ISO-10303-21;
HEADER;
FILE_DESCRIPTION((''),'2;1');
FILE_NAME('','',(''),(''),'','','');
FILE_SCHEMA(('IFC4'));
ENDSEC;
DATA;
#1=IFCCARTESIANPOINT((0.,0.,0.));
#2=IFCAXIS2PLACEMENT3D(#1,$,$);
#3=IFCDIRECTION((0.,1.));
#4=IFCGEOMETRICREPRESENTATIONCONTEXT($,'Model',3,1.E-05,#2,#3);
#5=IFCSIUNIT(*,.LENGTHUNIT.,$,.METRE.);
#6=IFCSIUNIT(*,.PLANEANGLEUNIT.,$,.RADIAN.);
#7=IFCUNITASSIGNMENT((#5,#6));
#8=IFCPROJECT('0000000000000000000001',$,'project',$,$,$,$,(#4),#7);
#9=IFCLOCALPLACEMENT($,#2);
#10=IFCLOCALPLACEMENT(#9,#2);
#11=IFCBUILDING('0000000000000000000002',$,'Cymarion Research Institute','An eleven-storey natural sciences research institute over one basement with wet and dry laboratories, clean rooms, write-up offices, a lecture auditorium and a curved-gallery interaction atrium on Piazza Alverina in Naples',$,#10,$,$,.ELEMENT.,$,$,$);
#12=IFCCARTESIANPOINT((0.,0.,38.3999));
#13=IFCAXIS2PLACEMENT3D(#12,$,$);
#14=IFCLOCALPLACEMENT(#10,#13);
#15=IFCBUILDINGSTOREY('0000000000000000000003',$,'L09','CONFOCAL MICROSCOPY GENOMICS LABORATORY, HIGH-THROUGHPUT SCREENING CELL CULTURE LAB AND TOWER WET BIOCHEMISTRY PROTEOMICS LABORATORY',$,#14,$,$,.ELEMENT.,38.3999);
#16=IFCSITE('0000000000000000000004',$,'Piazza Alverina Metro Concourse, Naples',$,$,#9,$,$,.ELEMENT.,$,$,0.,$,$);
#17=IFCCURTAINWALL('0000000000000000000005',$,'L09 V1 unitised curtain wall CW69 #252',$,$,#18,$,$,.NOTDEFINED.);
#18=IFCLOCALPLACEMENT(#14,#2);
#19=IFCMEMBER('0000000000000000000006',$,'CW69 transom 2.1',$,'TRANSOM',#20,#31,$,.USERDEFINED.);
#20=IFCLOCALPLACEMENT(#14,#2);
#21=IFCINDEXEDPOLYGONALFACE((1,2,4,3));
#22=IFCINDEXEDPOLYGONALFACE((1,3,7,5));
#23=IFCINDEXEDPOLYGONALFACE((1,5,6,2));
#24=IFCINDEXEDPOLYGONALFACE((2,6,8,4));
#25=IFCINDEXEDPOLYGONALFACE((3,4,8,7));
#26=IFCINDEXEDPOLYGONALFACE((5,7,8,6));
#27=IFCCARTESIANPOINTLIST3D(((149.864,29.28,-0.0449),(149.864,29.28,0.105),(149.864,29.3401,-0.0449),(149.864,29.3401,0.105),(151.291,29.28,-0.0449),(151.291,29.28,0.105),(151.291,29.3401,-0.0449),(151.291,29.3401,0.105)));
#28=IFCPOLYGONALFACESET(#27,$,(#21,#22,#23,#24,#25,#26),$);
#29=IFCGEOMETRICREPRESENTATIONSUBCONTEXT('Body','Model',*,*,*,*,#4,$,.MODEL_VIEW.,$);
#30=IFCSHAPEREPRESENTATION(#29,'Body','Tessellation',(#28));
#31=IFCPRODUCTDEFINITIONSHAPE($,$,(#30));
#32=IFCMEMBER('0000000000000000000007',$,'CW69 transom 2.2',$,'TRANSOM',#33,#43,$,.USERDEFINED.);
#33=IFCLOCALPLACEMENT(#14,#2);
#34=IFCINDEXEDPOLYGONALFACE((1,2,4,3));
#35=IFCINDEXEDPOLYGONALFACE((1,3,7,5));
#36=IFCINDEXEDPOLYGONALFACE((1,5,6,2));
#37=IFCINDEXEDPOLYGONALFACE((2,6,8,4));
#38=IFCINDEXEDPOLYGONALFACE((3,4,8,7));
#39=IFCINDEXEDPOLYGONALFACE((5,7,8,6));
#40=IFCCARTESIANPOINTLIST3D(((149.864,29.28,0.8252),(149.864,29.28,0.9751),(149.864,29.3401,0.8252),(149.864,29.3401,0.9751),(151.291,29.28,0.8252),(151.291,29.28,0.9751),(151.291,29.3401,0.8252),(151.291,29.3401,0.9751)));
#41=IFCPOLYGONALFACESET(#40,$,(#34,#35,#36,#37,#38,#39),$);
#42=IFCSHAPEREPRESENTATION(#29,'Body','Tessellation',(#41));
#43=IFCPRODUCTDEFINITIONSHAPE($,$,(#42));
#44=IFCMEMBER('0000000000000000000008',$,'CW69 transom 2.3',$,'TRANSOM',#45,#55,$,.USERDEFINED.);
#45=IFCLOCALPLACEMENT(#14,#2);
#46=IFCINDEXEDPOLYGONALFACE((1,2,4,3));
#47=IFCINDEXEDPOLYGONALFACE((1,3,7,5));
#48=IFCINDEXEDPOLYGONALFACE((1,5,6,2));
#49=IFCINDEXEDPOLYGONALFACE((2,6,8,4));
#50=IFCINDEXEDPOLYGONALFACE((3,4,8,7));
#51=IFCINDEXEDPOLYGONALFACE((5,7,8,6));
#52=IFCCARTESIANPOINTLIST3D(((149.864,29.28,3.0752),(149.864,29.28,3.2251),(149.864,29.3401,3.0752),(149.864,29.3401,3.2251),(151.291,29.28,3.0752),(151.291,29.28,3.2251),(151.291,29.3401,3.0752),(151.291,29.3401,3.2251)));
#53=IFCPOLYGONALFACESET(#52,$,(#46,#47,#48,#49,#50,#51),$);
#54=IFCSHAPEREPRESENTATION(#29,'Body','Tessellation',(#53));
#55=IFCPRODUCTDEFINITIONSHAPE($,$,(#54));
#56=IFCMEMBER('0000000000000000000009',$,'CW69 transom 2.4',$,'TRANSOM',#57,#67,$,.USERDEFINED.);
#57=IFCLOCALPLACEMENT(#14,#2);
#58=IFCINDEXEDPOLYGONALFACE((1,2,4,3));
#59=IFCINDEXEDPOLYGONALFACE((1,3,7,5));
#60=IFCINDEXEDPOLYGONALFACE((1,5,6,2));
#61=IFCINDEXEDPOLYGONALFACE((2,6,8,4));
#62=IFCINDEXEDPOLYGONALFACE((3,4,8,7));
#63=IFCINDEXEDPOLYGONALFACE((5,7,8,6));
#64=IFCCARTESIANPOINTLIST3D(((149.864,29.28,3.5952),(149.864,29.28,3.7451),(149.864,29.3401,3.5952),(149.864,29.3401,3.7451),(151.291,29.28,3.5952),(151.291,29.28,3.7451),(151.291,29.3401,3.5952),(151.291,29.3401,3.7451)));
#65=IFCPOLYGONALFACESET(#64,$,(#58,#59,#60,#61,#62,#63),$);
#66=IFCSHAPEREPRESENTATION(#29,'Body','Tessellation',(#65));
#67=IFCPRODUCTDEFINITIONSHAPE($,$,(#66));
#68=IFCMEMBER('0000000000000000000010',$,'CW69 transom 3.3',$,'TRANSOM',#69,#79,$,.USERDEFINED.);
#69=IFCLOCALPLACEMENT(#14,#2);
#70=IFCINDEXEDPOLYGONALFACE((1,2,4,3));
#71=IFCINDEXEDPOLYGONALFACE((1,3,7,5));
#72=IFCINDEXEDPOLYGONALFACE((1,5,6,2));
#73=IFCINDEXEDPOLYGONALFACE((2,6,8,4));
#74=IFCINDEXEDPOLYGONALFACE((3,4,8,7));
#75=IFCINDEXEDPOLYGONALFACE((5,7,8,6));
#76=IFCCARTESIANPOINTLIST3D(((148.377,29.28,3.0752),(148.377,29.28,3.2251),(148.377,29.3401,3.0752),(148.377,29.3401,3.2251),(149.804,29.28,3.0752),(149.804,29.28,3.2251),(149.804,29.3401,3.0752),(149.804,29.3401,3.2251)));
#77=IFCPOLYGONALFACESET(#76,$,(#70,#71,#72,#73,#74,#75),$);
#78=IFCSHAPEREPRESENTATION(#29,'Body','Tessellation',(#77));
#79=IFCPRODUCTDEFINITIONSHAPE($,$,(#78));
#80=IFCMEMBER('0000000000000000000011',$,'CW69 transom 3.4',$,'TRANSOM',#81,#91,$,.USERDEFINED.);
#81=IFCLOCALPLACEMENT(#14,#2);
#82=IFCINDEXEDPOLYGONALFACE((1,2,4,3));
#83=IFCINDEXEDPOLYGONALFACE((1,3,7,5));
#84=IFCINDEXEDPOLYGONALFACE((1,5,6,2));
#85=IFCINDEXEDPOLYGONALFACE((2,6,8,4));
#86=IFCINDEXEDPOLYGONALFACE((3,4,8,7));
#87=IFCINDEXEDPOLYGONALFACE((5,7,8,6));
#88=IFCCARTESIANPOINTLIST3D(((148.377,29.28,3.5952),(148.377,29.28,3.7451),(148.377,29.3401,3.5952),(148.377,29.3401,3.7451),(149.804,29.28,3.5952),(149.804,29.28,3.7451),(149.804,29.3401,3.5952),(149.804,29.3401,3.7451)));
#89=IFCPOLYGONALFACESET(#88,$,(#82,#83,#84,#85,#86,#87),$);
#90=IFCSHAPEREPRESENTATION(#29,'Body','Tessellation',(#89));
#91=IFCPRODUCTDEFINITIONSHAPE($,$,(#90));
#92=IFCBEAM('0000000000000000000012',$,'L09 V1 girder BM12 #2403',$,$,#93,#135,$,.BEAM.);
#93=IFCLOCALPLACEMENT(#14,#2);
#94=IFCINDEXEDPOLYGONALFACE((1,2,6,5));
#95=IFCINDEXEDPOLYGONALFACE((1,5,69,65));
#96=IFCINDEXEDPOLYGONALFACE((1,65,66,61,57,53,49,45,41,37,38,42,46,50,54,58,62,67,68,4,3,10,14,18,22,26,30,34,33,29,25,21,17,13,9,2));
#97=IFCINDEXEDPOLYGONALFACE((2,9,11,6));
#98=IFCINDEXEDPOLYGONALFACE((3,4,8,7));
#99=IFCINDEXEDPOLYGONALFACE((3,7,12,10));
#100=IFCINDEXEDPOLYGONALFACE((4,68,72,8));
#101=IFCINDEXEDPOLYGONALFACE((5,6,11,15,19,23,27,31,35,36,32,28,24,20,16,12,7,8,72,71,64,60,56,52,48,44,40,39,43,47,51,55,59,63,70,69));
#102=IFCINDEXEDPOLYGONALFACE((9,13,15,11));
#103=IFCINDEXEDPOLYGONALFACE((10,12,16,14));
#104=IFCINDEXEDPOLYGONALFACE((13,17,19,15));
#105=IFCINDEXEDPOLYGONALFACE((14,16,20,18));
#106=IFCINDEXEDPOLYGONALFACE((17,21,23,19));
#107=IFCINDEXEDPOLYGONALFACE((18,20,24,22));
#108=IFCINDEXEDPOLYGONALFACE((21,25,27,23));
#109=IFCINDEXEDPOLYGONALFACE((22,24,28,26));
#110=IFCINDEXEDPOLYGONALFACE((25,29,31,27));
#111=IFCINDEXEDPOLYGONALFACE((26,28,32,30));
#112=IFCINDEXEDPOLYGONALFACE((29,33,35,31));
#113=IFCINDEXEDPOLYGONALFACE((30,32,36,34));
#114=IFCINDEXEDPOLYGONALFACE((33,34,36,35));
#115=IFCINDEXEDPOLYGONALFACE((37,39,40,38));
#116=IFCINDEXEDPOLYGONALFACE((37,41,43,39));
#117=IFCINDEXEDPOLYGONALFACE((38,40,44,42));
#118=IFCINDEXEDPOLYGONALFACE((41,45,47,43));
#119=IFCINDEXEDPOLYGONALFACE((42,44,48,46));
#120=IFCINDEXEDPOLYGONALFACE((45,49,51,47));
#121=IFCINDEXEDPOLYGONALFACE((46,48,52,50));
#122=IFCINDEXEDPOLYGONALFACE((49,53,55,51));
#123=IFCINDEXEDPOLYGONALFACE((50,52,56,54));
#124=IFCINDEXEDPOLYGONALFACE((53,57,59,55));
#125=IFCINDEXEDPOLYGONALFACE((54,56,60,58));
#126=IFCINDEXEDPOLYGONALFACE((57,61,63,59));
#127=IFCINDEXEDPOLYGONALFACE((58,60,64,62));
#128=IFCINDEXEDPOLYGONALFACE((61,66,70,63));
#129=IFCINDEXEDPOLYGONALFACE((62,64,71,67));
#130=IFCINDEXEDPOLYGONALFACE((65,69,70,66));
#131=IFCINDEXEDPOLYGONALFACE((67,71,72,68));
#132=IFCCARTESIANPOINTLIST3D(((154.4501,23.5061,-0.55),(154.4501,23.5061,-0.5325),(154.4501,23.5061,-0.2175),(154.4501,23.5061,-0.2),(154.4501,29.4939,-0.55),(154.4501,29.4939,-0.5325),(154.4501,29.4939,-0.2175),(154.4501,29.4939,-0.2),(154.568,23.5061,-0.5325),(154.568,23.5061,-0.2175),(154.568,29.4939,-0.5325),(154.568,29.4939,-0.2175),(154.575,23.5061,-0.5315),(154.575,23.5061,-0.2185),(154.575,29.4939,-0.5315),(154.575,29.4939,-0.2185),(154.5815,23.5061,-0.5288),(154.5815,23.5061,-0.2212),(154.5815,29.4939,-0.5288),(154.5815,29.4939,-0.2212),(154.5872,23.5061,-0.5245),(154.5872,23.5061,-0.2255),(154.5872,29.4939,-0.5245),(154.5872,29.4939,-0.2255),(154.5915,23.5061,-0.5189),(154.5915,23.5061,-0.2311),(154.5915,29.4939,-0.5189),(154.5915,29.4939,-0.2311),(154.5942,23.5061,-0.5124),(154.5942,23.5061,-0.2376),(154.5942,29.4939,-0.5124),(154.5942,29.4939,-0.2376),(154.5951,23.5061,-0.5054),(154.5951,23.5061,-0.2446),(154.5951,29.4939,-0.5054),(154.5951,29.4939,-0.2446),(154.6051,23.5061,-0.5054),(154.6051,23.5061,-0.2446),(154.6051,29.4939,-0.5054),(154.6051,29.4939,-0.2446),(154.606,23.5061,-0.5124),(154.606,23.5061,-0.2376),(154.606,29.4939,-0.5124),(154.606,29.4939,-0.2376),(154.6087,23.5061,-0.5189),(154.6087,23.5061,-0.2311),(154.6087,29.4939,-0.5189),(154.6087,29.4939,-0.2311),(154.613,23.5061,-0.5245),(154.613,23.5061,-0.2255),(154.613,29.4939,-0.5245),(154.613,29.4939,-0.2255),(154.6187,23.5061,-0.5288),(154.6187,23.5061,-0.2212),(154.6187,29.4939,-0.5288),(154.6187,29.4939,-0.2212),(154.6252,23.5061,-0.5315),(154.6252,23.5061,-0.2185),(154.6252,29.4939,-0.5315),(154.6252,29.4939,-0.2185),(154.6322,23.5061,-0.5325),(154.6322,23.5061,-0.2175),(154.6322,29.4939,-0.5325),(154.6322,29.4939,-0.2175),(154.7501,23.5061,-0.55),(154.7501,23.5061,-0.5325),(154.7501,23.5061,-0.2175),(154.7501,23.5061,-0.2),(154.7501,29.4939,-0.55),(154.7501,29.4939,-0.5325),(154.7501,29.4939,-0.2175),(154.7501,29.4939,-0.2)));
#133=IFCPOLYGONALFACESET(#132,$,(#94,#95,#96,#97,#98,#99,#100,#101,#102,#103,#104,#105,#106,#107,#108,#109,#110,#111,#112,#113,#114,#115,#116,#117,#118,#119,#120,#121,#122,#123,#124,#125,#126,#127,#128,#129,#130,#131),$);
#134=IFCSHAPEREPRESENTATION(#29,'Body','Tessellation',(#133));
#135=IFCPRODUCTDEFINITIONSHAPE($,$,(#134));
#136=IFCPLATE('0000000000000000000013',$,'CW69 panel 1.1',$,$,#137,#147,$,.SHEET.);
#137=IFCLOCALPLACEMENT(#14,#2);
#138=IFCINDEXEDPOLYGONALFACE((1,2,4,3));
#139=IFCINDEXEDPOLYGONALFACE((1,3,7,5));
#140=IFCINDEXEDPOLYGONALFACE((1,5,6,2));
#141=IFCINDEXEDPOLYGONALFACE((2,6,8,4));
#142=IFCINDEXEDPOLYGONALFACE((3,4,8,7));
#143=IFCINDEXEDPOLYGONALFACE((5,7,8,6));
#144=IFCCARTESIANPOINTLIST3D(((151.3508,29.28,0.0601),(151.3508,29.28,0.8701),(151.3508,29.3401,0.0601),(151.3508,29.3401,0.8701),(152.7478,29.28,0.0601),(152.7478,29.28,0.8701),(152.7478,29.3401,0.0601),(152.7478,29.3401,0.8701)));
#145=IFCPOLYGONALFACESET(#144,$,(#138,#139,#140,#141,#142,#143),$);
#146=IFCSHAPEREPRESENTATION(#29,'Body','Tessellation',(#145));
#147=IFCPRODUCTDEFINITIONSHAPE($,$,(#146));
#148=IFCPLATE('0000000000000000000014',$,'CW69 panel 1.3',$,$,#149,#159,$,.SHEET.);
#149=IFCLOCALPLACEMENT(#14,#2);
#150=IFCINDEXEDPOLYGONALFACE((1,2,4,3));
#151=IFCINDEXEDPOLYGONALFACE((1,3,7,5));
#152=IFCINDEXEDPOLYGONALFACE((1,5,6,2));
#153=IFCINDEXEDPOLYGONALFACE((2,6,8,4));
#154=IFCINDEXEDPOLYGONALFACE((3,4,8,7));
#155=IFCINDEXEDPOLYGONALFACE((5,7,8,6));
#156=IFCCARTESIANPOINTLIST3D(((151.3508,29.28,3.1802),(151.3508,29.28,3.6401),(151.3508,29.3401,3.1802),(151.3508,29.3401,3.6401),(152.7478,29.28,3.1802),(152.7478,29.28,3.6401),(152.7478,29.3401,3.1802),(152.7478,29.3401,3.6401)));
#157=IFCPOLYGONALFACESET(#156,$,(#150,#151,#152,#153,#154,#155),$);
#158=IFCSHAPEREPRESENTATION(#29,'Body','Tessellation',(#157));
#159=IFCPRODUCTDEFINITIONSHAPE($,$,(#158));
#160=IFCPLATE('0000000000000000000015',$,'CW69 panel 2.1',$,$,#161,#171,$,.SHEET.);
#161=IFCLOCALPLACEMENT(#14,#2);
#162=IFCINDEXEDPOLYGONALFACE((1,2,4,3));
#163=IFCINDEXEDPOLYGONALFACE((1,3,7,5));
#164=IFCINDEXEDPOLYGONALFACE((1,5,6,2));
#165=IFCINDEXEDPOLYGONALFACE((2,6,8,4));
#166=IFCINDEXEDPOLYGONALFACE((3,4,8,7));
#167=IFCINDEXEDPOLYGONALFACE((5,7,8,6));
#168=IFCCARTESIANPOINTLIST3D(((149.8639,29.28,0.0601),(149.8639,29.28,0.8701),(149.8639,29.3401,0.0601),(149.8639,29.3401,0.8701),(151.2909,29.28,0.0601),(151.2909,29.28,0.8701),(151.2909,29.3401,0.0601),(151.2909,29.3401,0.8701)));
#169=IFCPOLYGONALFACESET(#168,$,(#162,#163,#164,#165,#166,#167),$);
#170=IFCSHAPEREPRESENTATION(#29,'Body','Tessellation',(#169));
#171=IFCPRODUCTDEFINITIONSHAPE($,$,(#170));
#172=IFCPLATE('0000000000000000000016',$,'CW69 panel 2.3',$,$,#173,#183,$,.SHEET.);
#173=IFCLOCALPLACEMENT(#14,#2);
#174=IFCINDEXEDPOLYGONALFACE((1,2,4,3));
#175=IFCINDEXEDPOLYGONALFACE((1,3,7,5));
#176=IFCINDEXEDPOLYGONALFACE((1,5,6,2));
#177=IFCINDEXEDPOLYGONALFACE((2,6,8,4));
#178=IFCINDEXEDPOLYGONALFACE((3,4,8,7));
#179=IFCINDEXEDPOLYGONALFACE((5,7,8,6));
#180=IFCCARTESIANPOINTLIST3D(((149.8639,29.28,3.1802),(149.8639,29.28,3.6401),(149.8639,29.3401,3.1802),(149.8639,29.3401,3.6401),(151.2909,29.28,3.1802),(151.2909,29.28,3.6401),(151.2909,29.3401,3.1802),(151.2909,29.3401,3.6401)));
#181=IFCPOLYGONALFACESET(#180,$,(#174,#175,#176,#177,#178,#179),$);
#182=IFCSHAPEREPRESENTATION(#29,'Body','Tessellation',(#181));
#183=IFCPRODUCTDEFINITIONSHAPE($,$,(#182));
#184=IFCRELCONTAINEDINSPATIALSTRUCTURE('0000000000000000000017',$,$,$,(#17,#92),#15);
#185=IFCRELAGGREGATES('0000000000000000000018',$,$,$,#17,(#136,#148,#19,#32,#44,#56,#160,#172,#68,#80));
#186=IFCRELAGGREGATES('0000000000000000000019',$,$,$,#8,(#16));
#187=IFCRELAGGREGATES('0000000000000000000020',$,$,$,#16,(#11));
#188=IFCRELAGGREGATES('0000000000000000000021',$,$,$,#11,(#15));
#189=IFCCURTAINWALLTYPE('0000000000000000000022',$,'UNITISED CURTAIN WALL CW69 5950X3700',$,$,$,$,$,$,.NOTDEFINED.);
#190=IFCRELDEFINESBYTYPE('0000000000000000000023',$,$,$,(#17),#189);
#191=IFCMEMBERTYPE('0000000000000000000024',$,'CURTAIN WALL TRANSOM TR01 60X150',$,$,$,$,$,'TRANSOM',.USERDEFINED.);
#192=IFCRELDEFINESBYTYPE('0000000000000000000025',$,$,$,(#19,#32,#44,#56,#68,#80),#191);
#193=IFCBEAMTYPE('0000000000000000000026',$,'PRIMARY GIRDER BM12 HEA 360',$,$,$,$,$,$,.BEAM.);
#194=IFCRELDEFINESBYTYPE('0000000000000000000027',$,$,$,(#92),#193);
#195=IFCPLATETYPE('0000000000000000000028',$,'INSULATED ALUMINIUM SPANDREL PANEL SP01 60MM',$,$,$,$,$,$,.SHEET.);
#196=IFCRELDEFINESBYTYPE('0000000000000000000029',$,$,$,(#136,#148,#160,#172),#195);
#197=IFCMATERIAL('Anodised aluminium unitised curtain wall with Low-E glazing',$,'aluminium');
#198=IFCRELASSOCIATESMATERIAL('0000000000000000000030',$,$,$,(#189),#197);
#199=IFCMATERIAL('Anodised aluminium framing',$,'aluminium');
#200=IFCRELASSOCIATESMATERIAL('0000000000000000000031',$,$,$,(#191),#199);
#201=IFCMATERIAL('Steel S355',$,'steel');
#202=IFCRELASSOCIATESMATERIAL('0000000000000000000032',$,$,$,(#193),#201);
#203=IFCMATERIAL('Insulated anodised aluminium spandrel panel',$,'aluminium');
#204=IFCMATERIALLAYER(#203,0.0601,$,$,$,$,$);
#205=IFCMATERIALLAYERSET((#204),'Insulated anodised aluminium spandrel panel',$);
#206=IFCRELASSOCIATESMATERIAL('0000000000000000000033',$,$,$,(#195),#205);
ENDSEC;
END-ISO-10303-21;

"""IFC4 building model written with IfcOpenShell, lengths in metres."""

from ifc_helpers import new_model, si_unit, direction, frame, origin, origin_2d, place, context, subcontext, project, spatial, rectangle, i_section, extrude, material, layer, layer_set, material_profile, profile_set, type_object, element, aggregate, save


model = new_model("IFC4")

# Units and contexts
model_context = context("Model", 3, precision=1e-05, world=origin(), true_north=direction((0.0, 1.0)))
body_context = subcontext(model_context, "Body", "Model", "MODEL_VIEW")
ifc_project = project(units=[si_unit("LENGTHUNIT", "METRE"), si_unit("PLANEANGLEUNIT", "RADIAN")], contexts=[model_context])

# Site, building, storey
site_placement = place(None, origin())
site = spatial("IfcSite", under=ifc_project, at=site_placement, Name="Piazza Alverina Metro Concourse, Naples", CompositionType="ELEMENT", RefElevation=0.0)
building_placement = place(site_placement, origin())
building = spatial("IfcBuilding", under=site, at=building_placement, Name="Cymarion Research Institute", Description="An eleven-storey natural sciences research institute over one basement with wet and dry laboratories, clean rooms, write-up offices, a lecture auditorium and a curved-gallery interaction atrium on Piazza Alverina in Naples", CompositionType="ELEMENT")
storey_placement = place(building_placement, frame((0.0, 0.0, 38.3999)))
storey = spatial("IfcBuildingStorey", under=building, at=storey_placement, Name="L09", Description="CONFOCAL MICROSCOPY GENOMICS LABORATORY, HIGH-THROUGHPUT SCREENING CELL CULTURE LAB AND TOWER WET BIOCHEMISTRY PROTEOMICS LABORATORY", CompositionType="ELEMENT", Elevation=38.3999)

# Shared definitions
ifc_material_1 = material(Name="Steel S355", Category="steel")

# Curtain wall, members
ifc_material_2 = material(Name="Anodised aluminium unitised curtain wall with Low-E glazing", Category="aluminium")
curtain_wall_type = type_object("IfcCurtainWallType", Name="UNITISED CURTAIN WALL CW69 5950X3700", PredefinedType="NOTDEFINED", material=ifc_material_2)
curtain_wall_placement = place(storey_placement, origin())
curtain_wall = element("IfcCurtainWall", 1, at=curtain_wall_placement, inside=storey, type_object=curtain_wall_type, Name="L09 V1 unitised curtain wall CW69 #252", PredefinedType="NOTDEFINED")
ifc_material_3 = material(Name="Anodised aluminium framing", Category="aluminium")
ifc_material_profile_1 = material_profile(ifc_material_3, rectangle(XDim=0.0601, YDim=0.1499, at=origin_2d()), Name="ALU TRANSOM 60x150")
ifc_profile_set_1 = profile_set([ifc_material_profile_1], Name="Anodised aluminium framing")
member_type_1 = type_object("IfcMemberType", Name="CURTAIN WALL TRANSOM TR01 60X150", ElementType="TRANSOM", PredefinedType="USERDEFINED", material=ifc_profile_set_1)
member_1_placement = place(storey_placement, frame((151.291, 29.3101, 0.03), z_axis=(-1.0, 0.0, 0.0), x_axis=(0.0, -1.0, 0.0)))
member_1 = element("IfcMember", 2, at=member_1_placement, type_object=member_type_1, Name="CW69 transom 2.1", ObjectType="TRANSOM", PredefinedType="USERDEFINED", context=body_context, shape_type="SweptSolid", body=[
    extrude(rectangle(XDim=0.0601, YDim=0.1499, at=origin_2d()), origin(), (0.0, 0.0, 1.0), 1.427),
])
member_2_placement = place(storey_placement, frame((151.291, 29.3101, 0.9001), z_axis=(-1.0, 0.0, 0.0), x_axis=(0.0, -1.0, 0.0)))
member_2 = element("IfcMember", 3, at=member_2_placement, type_object=member_type_1, Name="CW69 transom 2.2", ObjectType="TRANSOM", PredefinedType="USERDEFINED", context=body_context, shape_type="SweptSolid", body=[
    extrude(rectangle(XDim=0.0601, YDim=0.1499, at=origin_2d()), origin(), (0.0, 0.0, 1.0), 1.427),
])
member_3_placement = place(storey_placement, frame((151.291, 29.3101, 3.1501), z_axis=(-1.0, 0.0, 0.0), x_axis=(0.0, -1.0, 0.0)))
member_3 = element("IfcMember", 4, at=member_3_placement, type_object=member_type_1, Name="CW69 transom 2.3", ObjectType="TRANSOM", PredefinedType="USERDEFINED", context=body_context, shape_type="SweptSolid", body=[
    extrude(rectangle(XDim=0.0601, YDim=0.1499, at=origin_2d()), origin(), (0.0, 0.0, 1.0), 1.427),
])
member_4_placement = place(storey_placement, frame((151.291, 29.3101, 3.6702), z_axis=(-1.0, 0.0, 0.0), x_axis=(0.0, -1.0, 0.0)))
member_4 = element("IfcMember", 5, at=member_4_placement, type_object=member_type_1, Name="CW69 transom 2.4", ObjectType="TRANSOM", PredefinedType="USERDEFINED", context=body_context, shape_type="SweptSolid", body=[
    extrude(rectangle(XDim=0.0601, YDim=0.1499, at=origin_2d()), origin(), (0.0, 0.0, 1.0), 1.427),
])
member_5_placement = place(storey_placement, frame((149.804, 29.3101, 3.1501), z_axis=(-1.0, 0.0, 0.0), x_axis=(0.0, -1.0, 0.0)))
member_5 = element("IfcMember", 6, at=member_5_placement, type_object=member_type_1, Name="CW69 transom 3.3", ObjectType="TRANSOM", PredefinedType="USERDEFINED", context=body_context, shape_type="SweptSolid", body=[
    extrude(rectangle(XDim=0.0601, YDim=0.1499, at=origin_2d()), origin(), (0.0, 0.0, 1.0), 1.427),
])
member_6_placement = place(storey_placement, frame((149.804, 29.3101, 3.6702), z_axis=(-1.0, 0.0, 0.0), x_axis=(0.0, -1.0, 0.0)))
member_6 = element("IfcMember", 7, at=member_6_placement, type_object=member_type_1, Name="CW69 transom 3.4", ObjectType="TRANSOM", PredefinedType="USERDEFINED", context=body_context, shape_type="SweptSolid", body=[
    extrude(rectangle(XDim=0.0601, YDim=0.1499, at=origin_2d()), origin(), (0.0, 0.0, 1.0), 1.427),
])

# Beam
ifc_material_profile_2 = material_profile(ifc_material_1, i_section(OverallWidth=0.3, OverallDepth=0.3501, WebThickness=0.01, FlangeThickness=0.0176, FilletRadius=0.0271, at=origin_2d()), Name="HEA 360")
ifc_profile_set_2 = profile_set([ifc_material_profile_2], Name="Steel S355")
beam_type = type_object("IfcBeamType", Name="PRIMARY GIRDER BM12 HEA 360", PredefinedType="BEAM", material=ifc_profile_set_2)
beam_placement = place(storey_placement, frame((154.6001, 23.5061, -0.375), z_axis=(0.0, 1.0, 0.0), x_axis=(-1.0, 0.0, 0.0)))
element("IfcBeam", 8, at=beam_placement, inside=storey, type_object=beam_type, Name="L09 V1 girder BM12 #2403", PredefinedType="BEAM", context=body_context, shape_type="SweptSolid", body=[
    extrude(i_section(OverallWidth=0.3, OverallDepth=0.3501, WebThickness=0.01, FlangeThickness=0.0176, FilletRadius=0.0271, at=origin_2d()), origin(), (0.0, 0.0, 1.0), 5.9878),
])

# Plates
ifc_material_4 = material(Name="Insulated anodised aluminium spandrel panel", Category="aluminium")
ifc_layer_1 = layer(ifc_material_4, 0.0601)
ifc_layer_set_1 = layer_set([ifc_layer_1], Name="Insulated anodised aluminium spandrel panel")
plate_type_1 = type_object("IfcPlateType", Name="INSULATED ALUMINIUM SPANDREL PANEL SP01 60MM", PredefinedType="SHEET", material=ifc_layer_set_1)
plate_1_placement = place(storey_placement, frame((152.0493, 29.3101, 0.0601), z_axis=(0.0, 0.0, 1.0), x_axis=(-1.0, 0.0, 0.0)))
plate_1 = element("IfcPlate", 9, at=plate_1_placement, type_object=plate_type_1, Name="CW69 panel 1.1", PredefinedType="SHEET", context=body_context, shape_type="SweptSolid", body=[
    extrude(rectangle(XDim=1.397, YDim=0.0601, at=origin_2d()), origin(), (0.0, 0.0, 1.0), 0.8101),
])
plate_2_placement = place(storey_placement, frame((152.0493, 29.3101, 3.1802), z_axis=(0.0, 0.0, 1.0), x_axis=(-1.0, 0.0, 0.0)))
plate_2 = element("IfcPlate", 10, at=plate_2_placement, type_object=plate_type_1, Name="CW69 panel 1.3", PredefinedType="SHEET", context=body_context, shape_type="SweptSolid", body=[
    extrude(rectangle(XDim=1.397, YDim=0.0601, at=origin_2d()), origin(), (0.0, 0.0, 1.0), 0.46),
])
plate_3_placement = place(storey_placement, frame((150.5774, 29.3101, 0.0601), z_axis=(0.0, 0.0, 1.0), x_axis=(-1.0, 0.0, 0.0)))
plate_3 = element("IfcPlate", 11, at=plate_3_placement, type_object=plate_type_1, Name="CW69 panel 2.1", PredefinedType="SHEET", context=body_context, shape_type="SweptSolid", body=[
    extrude(rectangle(XDim=1.427, YDim=0.0601, at=origin_2d()), origin(), (0.0, 0.0, 1.0), 0.8101),
])
plate_4_placement = place(storey_placement, frame((150.5774, 29.3101, 3.1802), z_axis=(0.0, 0.0, 1.0), x_axis=(-1.0, 0.0, 0.0)))
plate_4 = element("IfcPlate", 12, at=plate_4_placement, type_object=plate_type_1, Name="CW69 panel 2.3", PredefinedType="SHEET", context=body_context, shape_type="SweptSolid", body=[
    extrude(rectangle(XDim=1.427, YDim=0.0601, at=origin_2d()), origin(), (0.0, 0.0, 1.0), 0.46),
])
aggregate(curtain_wall, [plate_1, plate_2, member_1, member_2, member_3, member_4, plate_3, plate_4, member_5, member_6])

save(model, "model.ifc")
